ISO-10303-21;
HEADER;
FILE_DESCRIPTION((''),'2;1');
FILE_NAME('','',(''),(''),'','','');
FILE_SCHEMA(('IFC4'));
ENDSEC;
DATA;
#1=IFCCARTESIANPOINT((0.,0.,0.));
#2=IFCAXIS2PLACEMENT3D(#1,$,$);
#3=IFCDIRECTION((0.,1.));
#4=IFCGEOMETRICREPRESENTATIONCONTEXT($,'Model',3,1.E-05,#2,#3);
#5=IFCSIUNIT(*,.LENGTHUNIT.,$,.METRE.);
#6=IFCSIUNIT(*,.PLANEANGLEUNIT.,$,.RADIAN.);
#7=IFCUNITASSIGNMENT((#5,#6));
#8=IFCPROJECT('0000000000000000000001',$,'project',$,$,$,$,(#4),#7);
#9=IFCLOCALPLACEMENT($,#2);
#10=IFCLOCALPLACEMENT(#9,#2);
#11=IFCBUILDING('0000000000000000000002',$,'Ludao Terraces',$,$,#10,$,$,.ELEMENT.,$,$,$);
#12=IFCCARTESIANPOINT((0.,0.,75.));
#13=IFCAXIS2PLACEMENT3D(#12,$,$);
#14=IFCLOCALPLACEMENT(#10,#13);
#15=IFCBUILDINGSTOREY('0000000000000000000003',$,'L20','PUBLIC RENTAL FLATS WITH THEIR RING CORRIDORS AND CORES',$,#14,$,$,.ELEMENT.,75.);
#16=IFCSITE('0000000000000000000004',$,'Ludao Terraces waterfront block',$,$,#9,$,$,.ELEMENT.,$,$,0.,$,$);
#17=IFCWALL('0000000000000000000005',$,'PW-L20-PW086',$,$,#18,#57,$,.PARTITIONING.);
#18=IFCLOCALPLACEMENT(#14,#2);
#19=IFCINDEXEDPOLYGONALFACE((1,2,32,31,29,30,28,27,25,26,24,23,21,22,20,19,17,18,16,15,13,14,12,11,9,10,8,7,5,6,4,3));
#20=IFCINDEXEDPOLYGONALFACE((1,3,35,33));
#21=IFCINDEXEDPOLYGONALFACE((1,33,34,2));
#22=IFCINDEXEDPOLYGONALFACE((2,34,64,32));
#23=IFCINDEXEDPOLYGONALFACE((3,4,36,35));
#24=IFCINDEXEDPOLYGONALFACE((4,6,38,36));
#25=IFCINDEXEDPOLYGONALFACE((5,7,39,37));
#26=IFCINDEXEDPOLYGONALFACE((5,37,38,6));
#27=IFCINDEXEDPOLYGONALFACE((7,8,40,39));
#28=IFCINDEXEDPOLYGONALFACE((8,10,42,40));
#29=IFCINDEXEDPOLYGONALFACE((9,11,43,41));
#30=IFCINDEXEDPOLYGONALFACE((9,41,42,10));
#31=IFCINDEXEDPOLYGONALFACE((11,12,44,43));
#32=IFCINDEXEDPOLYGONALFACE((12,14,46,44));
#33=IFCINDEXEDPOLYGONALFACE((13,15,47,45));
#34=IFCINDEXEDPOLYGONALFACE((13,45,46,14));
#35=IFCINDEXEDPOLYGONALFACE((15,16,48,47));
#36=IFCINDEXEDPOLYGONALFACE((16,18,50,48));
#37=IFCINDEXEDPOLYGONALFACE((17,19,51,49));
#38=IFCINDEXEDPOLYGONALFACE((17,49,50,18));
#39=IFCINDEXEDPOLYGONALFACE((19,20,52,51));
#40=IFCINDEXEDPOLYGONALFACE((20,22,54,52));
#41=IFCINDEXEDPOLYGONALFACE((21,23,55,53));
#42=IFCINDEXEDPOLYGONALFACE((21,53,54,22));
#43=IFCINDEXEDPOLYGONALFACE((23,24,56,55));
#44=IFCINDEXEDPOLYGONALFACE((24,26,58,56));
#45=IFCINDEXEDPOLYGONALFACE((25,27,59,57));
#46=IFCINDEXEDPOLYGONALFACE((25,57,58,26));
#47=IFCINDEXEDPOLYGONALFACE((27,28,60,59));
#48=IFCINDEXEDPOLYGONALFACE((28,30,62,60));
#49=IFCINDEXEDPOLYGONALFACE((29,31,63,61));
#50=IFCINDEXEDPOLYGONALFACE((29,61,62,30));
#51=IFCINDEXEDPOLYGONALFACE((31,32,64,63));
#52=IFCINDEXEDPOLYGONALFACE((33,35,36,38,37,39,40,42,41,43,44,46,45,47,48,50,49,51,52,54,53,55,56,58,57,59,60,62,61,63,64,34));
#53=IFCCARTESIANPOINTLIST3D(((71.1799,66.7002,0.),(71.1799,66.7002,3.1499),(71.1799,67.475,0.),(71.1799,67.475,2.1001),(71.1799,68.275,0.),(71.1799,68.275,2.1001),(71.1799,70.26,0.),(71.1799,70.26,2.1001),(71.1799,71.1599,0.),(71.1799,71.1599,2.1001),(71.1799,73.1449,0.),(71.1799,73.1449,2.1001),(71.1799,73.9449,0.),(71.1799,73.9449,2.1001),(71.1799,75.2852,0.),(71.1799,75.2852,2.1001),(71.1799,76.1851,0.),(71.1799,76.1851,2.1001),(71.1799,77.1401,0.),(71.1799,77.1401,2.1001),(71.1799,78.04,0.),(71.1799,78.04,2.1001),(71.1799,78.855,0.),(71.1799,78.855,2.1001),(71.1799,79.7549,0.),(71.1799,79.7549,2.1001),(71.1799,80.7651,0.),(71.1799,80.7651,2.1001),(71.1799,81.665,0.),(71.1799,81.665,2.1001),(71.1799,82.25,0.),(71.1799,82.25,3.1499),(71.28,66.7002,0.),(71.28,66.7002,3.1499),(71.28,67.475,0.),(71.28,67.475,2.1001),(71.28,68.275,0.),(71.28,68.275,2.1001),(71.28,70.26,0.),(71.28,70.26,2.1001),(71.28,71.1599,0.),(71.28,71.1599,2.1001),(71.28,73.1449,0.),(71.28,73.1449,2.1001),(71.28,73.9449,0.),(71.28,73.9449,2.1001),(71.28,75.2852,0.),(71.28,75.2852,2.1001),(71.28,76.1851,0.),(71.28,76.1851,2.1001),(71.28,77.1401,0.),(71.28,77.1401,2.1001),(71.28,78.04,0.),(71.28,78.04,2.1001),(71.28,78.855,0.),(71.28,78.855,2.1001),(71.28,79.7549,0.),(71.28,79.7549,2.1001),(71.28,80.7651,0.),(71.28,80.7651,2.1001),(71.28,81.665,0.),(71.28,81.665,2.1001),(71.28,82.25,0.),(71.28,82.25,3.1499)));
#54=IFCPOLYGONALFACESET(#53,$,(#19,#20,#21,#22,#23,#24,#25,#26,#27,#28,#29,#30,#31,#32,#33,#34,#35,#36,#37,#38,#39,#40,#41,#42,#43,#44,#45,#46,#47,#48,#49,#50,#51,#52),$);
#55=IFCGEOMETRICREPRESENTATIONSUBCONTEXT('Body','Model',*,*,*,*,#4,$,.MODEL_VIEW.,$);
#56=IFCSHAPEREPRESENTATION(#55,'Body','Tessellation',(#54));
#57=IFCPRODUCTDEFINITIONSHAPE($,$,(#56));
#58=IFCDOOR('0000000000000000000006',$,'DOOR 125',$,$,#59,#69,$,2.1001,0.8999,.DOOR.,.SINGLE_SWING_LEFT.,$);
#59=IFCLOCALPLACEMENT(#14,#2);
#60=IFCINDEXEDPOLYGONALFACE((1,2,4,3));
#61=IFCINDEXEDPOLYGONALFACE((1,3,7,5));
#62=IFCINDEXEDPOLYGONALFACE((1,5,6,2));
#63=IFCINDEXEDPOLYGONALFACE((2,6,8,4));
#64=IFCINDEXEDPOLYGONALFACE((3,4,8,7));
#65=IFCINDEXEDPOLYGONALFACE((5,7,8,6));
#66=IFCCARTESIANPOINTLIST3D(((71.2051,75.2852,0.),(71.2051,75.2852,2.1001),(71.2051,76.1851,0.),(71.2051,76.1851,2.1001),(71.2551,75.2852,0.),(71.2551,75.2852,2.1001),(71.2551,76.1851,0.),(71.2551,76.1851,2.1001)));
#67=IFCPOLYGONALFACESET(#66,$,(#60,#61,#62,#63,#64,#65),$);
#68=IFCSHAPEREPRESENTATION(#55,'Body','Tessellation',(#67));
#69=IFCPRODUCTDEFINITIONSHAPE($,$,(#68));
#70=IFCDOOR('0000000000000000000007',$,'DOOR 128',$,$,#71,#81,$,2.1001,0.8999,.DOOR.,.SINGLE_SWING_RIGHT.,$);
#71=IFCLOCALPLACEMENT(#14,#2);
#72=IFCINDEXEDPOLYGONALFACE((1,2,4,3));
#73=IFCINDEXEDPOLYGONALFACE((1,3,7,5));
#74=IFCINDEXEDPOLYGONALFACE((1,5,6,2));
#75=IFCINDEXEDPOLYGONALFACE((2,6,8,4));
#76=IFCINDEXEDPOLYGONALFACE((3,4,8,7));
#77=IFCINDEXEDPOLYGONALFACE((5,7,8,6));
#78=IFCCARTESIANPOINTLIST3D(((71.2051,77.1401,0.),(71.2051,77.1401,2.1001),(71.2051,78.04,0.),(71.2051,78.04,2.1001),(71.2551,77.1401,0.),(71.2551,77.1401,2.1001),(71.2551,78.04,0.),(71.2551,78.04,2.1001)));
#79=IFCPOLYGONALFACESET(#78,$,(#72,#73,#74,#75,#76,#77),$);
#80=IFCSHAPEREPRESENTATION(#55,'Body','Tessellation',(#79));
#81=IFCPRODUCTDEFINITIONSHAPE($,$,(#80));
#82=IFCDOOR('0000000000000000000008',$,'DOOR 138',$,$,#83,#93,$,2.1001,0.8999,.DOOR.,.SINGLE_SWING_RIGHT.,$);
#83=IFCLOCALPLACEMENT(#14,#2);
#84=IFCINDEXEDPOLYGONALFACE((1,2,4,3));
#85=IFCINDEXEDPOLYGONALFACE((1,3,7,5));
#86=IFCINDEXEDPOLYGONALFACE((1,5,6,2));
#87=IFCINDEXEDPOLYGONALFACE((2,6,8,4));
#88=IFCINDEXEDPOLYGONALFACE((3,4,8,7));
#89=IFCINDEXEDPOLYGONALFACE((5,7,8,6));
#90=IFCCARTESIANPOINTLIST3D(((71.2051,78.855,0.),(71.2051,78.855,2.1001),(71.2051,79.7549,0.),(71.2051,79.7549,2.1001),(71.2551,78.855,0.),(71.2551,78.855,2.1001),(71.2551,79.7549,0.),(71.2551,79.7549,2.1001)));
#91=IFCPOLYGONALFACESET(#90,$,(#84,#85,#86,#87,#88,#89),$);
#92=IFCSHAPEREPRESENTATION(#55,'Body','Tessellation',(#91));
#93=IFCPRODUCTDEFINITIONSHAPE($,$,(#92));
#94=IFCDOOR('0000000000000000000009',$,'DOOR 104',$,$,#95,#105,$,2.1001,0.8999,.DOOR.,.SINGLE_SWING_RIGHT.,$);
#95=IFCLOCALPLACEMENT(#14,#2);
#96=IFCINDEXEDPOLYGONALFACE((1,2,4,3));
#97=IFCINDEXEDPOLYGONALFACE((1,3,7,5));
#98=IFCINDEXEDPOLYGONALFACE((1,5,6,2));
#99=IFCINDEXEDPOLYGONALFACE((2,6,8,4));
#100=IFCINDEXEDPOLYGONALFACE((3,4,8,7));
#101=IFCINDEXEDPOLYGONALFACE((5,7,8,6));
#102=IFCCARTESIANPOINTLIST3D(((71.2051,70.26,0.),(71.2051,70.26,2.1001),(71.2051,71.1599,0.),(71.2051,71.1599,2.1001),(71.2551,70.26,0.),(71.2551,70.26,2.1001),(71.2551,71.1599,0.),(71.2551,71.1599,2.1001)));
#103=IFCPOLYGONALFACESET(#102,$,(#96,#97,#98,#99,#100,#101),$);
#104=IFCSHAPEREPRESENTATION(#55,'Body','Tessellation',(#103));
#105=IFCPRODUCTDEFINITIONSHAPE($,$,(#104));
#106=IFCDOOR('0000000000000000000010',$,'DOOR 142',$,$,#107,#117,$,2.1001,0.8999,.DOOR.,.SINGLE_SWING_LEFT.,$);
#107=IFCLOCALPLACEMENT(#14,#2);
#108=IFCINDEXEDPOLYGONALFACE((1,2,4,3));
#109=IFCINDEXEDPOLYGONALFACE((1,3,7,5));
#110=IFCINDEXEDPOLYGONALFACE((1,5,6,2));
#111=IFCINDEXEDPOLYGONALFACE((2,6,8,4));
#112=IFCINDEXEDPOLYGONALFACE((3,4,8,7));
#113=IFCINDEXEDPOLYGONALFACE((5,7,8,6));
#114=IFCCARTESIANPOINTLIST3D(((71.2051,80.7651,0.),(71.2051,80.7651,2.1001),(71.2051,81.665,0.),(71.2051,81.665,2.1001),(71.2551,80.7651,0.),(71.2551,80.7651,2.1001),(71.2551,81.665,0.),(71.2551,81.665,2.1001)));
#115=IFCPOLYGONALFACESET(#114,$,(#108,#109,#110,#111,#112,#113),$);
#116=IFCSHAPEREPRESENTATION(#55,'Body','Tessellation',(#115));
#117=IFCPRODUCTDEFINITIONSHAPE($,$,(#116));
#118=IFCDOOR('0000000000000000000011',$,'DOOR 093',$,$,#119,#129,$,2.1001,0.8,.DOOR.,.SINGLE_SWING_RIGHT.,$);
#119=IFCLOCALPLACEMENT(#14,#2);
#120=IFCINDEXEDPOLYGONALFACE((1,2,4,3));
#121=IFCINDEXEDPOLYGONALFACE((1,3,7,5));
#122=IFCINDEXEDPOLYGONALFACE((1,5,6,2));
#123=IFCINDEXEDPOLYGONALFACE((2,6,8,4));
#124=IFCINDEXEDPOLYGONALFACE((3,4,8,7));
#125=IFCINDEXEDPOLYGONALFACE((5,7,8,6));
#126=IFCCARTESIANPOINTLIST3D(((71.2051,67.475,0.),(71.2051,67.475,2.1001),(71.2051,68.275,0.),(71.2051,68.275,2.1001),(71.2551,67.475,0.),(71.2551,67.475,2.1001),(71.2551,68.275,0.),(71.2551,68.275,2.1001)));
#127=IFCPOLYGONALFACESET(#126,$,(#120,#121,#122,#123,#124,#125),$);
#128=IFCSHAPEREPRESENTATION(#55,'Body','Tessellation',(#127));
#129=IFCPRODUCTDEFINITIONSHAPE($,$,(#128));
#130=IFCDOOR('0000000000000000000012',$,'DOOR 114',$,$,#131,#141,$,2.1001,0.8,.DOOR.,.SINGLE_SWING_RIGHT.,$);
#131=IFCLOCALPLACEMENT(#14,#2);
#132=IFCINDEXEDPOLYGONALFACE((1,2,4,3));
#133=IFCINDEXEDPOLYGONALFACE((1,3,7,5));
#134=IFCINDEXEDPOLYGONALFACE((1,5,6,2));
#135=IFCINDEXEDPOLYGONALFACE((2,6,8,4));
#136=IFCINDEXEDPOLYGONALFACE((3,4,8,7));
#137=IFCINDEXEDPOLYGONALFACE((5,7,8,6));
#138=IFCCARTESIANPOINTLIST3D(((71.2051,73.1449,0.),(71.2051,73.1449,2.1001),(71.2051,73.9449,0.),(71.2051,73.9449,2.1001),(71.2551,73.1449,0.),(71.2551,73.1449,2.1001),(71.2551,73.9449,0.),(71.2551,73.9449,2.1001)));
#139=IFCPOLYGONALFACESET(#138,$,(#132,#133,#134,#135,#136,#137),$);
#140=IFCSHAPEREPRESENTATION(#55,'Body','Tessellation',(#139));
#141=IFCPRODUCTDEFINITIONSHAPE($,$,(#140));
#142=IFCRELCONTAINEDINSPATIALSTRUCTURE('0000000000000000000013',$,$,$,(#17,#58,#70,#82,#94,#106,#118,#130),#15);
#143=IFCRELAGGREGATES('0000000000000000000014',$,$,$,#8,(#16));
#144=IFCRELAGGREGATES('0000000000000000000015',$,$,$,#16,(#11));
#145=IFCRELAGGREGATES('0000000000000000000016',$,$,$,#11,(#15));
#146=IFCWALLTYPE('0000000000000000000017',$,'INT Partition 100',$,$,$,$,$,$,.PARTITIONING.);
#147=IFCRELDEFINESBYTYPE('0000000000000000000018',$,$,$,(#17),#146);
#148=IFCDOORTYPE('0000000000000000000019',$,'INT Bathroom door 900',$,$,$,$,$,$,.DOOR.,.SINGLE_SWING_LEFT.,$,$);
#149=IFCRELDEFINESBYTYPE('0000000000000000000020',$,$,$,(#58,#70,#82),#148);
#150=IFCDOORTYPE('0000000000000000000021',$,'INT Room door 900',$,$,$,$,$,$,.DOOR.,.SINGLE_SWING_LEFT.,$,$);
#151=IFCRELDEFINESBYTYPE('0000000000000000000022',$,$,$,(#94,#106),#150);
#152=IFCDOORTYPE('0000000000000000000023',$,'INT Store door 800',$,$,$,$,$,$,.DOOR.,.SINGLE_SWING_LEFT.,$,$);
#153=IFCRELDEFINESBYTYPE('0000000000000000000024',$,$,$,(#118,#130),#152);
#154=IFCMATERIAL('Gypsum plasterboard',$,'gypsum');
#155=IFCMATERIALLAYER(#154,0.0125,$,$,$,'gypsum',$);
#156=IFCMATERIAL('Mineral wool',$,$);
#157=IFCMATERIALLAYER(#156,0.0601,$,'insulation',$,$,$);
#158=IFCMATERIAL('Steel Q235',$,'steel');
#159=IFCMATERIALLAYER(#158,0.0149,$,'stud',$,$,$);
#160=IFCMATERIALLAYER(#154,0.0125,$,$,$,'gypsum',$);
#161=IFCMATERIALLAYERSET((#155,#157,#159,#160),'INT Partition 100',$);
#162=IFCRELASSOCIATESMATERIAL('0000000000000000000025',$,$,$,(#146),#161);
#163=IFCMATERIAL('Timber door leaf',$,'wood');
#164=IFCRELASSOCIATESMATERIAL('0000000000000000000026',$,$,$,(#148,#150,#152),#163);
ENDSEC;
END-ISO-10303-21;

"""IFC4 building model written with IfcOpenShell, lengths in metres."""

from ifc_helpers import new_model, si_unit, direction, frame, frame_2d, origin, place, context, subcontext, project, spatial, rectangle, extrude, material, layer, layer_set, type_object, element, fill, save


model = new_model("IFC4")

# Units and contexts
model_context = context("Model", 3, precision=1e-05, world=origin(), true_north=direction((0.0, 1.0)))
body_context = subcontext(model_context, "Body", "Model", "MODEL_VIEW")
ifc_project = project(units=[si_unit("LENGTHUNIT", "METRE"), si_unit("PLANEANGLEUNIT", "RADIAN")], contexts=[model_context])

# Site, building, storey
site_placement = place(None, origin())
site = spatial("IfcSite", under=ifc_project, at=site_placement, Name="Ludao Terraces waterfront block", CompositionType="ELEMENT", RefElevation=0.0)
building_placement = place(site_placement, origin())
building = spatial("IfcBuilding", under=site, at=building_placement, Name="Ludao Terraces", CompositionType="ELEMENT")
storey_placement = place(building_placement, frame((0.0, 0.0, 75.0)))
storey = spatial("IfcBuildingStorey", under=building, at=storey_placement, Name="L20", Description="PUBLIC RENTAL FLATS WITH THEIR RING CORRIDORS AND CORES", CompositionType="ELEMENT", Elevation=75.0)

# Shared definitions
ifc_material_1 = material(Name="Mineral wool")
ifc_material_2 = material(Name="Steel Q235", Category="steel")

# Shared definitions
ifc_material_3 = material(Name="Gypsum plasterboard", Category="gypsum")
ifc_layer_1 = layer(ifc_material_3, 0.0125, Category="gypsum")
ifc_layer_2 = layer(ifc_material_1, 0.0601, Name="insulation")
ifc_layer_3 = layer(ifc_material_2, 0.0149, Name="stud")
ifc_layer_4 = layer(ifc_material_3, 0.0125, Category="gypsum")
ifc_layer_set_1 = layer_set([ifc_layer_1, ifc_layer_2, ifc_layer_3, ifc_layer_4], Name="INT Partition 100")
wall_type_1 = type_object("IfcWallType", Name="INT Partition 100", PredefinedType="PARTITIONING", material=ifc_layer_set_1)

# Wall, openings, doors
wall_1_placement = place(storey_placement, frame((71.23, 66.7002, 0.0), z_axis=(0.0, 0.0, 1.0), x_axis=(0.0, 1.0, 0.0)))
wall_1 = element("IfcWall", 1, at=wall_1_placement, inside=storey, type_object=wall_type_1, Name="PW-L20-PW086", PredefinedType="PARTITIONING", context=body_context, shape_type="SweptSolid", body=[
    extrude(rectangle(XDim=15.5498, YDim=0.1001, at=frame_2d((7.7749, 0.0))), origin(), (0.0, 0.0, 1.0), 3.1499),
])
opening_1_placement = place(wall_1_placement, frame((0.7749, 0.0, 0.0)))
opening_1 = element("IfcOpeningElement", 2, at=opening_1_placement, cuts=wall_1, PredefinedType="OPENING", context=body_context, shape_type="SweptSolid", body=[
    extrude(rectangle(XDim=0.8, YDim=2.1001, at=frame_2d((0.3999, 1.05))), frame((0.0, 0.0601, 0.0), z_axis=(0.0, -1.0, 0.0), x_axis=(1.0, 0.0, 0.0)), (0.0, 0.0, 1.0), 0.1201),
])
opening_2_placement = place(wall_1_placement, frame((3.5598, 0.0, 0.0)))
opening_2 = element("IfcOpeningElement", 3, at=opening_2_placement, cuts=wall_1, PredefinedType="OPENING", context=body_context, shape_type="SweptSolid", body=[
    extrude(rectangle(XDim=0.8999, YDim=2.1001, at=frame_2d((0.45, 1.05))), frame((0.0, 0.0601, 0.0), z_axis=(0.0, -1.0, 0.0), x_axis=(1.0, 0.0, 0.0)), (0.0, 0.0, 1.0), 0.1201),
])
opening_3_placement = place(wall_1_placement, frame((6.4448, 0.0, 0.0)))
opening_3 = element("IfcOpeningElement", 4, at=opening_3_placement, cuts=wall_1, PredefinedType="OPENING", context=body_context, shape_type="SweptSolid", body=[
    extrude(rectangle(XDim=0.8, YDim=2.1001, at=frame_2d((0.3999, 1.05))), frame((0.0, 0.0601, 0.0), z_axis=(0.0, -1.0, 0.0), x_axis=(1.0, 0.0, 0.0)), (0.0, 0.0, 1.0), 0.1201),
])
opening_4_placement = place(wall_1_placement, frame((8.585, 0.0, 0.0)))
opening_4 = element("IfcOpeningElement", 5, at=opening_4_placement, cuts=wall_1, PredefinedType="OPENING", context=body_context, shape_type="SweptSolid", body=[
    extrude(rectangle(XDim=0.8999, YDim=2.1001, at=frame_2d((0.45, 1.05))), frame((0.0, 0.0601, 0.0), z_axis=(0.0, -1.0, 0.0), x_axis=(1.0, 0.0, 0.0)), (0.0, 0.0, 1.0), 0.1201),
])
opening_5_placement = place(wall_1_placement, frame((10.4399, 0.0, 0.0)))
opening_5 = element("IfcOpeningElement", 6, at=opening_5_placement, cuts=wall_1, PredefinedType="OPENING", context=body_context, shape_type="SweptSolid", body=[
    extrude(rectangle(XDim=0.8999, YDim=2.1001, at=frame_2d((0.45, 1.05))), frame((0.0, 0.0601, 0.0), z_axis=(0.0, -1.0, 0.0), x_axis=(1.0, 0.0, 0.0)), (0.0, 0.0, 1.0), 0.1201),
])
opening_6_placement = place(wall_1_placement, frame((12.1548, 0.0, 0.0)))
opening_6 = element("IfcOpeningElement", 7, at=opening_6_placement, cuts=wall_1, PredefinedType="OPENING", context=body_context, shape_type="SweptSolid", body=[
    extrude(rectangle(XDim=0.8999, YDim=2.1001, at=frame_2d((0.45, 1.05))), frame((0.0, 0.0601, 0.0), z_axis=(0.0, -1.0, 0.0), x_axis=(1.0, 0.0, 0.0)), (0.0, 0.0, 1.0), 0.1201),
])
opening_7_placement = place(wall_1_placement, frame((14.0649, 0.0, 0.0)))
opening_7 = element("IfcOpeningElement", 8, at=opening_7_placement, cuts=wall_1, PredefinedType="OPENING", context=body_context, shape_type="SweptSolid", body=[
    extrude(rectangle(XDim=0.8999, YDim=2.1001, at=frame_2d((0.45, 1.05))), frame((0.0, 0.0601, 0.0), z_axis=(0.0, -1.0, 0.0), x_axis=(1.0, 0.0, 0.0)), (0.0, 0.0, 1.0), 0.1201),
])
ifc_material_4 = material(Name="Timber door leaf", Category="wood")
door_type_1 = type_object("IfcDoorType", Name="INT Bathroom door 900", OperationType="SINGLE_SWING_LEFT", PredefinedType="DOOR", material=ifc_material_4)
door_1_placement = place(opening_4_placement, origin())
door_1 = element("IfcDoor", 9, at=door_1_placement, inside=storey, type_object=door_type_1, Name="DOOR 125", OperationType="SINGLE_SWING_LEFT", OverallHeight=2.1001, OverallWidth=0.8999, PredefinedType="DOOR", context=body_context, shape_type="SweptSolid", body=[
    extrude(rectangle(XDim=0.8999, YDim=2.1001, at=frame_2d((0.45, 1.05))), frame((0.0, 0.0249, 0.0), z_axis=(0.0, -1.0, 0.0), x_axis=(1.0, 0.0, 0.0)), (0.0, 0.0, 1.0), 0.05),
])
fill(opening_4, door_1)
door_2_placement = place(opening_5_placement, origin())
door_2 = element("IfcDoor", 10, at=door_2_placement, inside=storey, type_object=door_type_1, Name="DOOR 128", OperationType="SINGLE_SWING_RIGHT", OverallHeight=2.1001, OverallWidth=0.8999, PredefinedType="DOOR", context=body_context, shape_type="SweptSolid", body=[
    extrude(rectangle(XDim=0.8999, YDim=2.1001, at=frame_2d((0.45, 1.05))), frame((0.0, 0.0249, 0.0), z_axis=(0.0, -1.0, 0.0), x_axis=(1.0, 0.0, 0.0)), (0.0, 0.0, 1.0), 0.05),
])
fill(opening_5, door_2)
door_3_placement = place(opening_6_placement, origin())
door_3 = element("IfcDoor", 11, at=door_3_placement, inside=storey, type_object=door_type_1, Name="DOOR 138", OperationType="SINGLE_SWING_RIGHT", OverallHeight=2.1001, OverallWidth=0.8999, PredefinedType="DOOR", context=body_context, shape_type="SweptSolid", body=[
    extrude(rectangle(XDim=0.8999, YDim=2.1001, at=frame_2d((0.45, 1.05))), frame((0.0, 0.0249, 0.0), z_axis=(0.0, -1.0, 0.0), x_axis=(1.0, 0.0, 0.0)), (0.0, 0.0, 1.0), 0.05),
])
fill(opening_6, door_3)
door_type_2 = type_object("IfcDoorType", Name="INT Room door 900", OperationType="SINGLE_SWING_LEFT", PredefinedType="DOOR", material=ifc_material_4)
door_4_placement = place(opening_2_placement, origin())
door_4 = element("IfcDoor", 12, at=door_4_placement, inside=storey, type_object=door_type_2, Name="DOOR 104", OperationType="SINGLE_SWING_RIGHT", OverallHeight=2.1001, OverallWidth=0.8999, PredefinedType="DOOR", context=body_context, shape_type="SweptSolid", body=[
    extrude(rectangle(XDim=0.8999, YDim=2.1001, at=frame_2d((0.45, 1.05))), frame((0.0, 0.0249, 0.0), z_axis=(0.0, -1.0, 0.0), x_axis=(1.0, 0.0, 0.0)), (0.0, 0.0, 1.0), 0.05),
])
fill(opening_2, door_4)
door_5_placement = place(opening_7_placement, origin())
door_5 = element("IfcDoor", 13, at=door_5_placement, inside=storey, type_object=door_type_2, Name="DOOR 142", OperationType="SINGLE_SWING_LEFT", OverallHeight=2.1001, OverallWidth=0.8999, PredefinedType="DOOR", context=body_context, shape_type="SweptSolid", body=[
    extrude(rectangle(XDim=0.8999, YDim=2.1001, at=frame_2d((0.45, 1.05))), frame((0.0, 0.0249, 0.0), z_axis=(0.0, -1.0, 0.0), x_axis=(1.0, 0.0, 0.0)), (0.0, 0.0, 1.0), 0.05),
])
fill(opening_7, door_5)
door_type_3 = type_object("IfcDoorType", Name="INT Store door 800", OperationType="SINGLE_SWING_LEFT", PredefinedType="DOOR", material=ifc_material_4)
door_6_placement = place(opening_1_placement, origin())
door_6 = element("IfcDoor", 14, at=door_6_placement, inside=storey, type_object=door_type_3, Name="DOOR 093", OperationType="SINGLE_SWING_RIGHT", OverallHeight=2.1001, OverallWidth=0.8, PredefinedType="DOOR", context=body_context, shape_type="SweptSolid", body=[
    extrude(rectangle(XDim=0.8, YDim=2.1001, at=frame_2d((0.3999, 1.05))), frame((0.0, 0.0249, 0.0), z_axis=(0.0, -1.0, 0.0), x_axis=(1.0, 0.0, 0.0)), (0.0, 0.0, 1.0), 0.05),
])
fill(opening_1, door_6)
door_7_placement = place(opening_3_placement, origin())
door_7 = element("IfcDoor", 15, at=door_7_placement, inside=storey, type_object=door_type_3, Name="DOOR 114", OperationType="SINGLE_SWING_RIGHT", OverallHeight=2.1001, OverallWidth=0.8, PredefinedType="DOOR", context=body_context, shape_type="SweptSolid", body=[
    extrude(rectangle(XDim=0.8, YDim=2.1001, at=frame_2d((0.3999, 1.05))), frame((0.0, 0.0249, 0.0), z_axis=(0.0, -1.0, 0.0), x_axis=(1.0, 0.0, 0.0)), (0.0, 0.0, 1.0), 0.05),
])
fill(opening_3, door_7)

save(model, "model.ifc")
